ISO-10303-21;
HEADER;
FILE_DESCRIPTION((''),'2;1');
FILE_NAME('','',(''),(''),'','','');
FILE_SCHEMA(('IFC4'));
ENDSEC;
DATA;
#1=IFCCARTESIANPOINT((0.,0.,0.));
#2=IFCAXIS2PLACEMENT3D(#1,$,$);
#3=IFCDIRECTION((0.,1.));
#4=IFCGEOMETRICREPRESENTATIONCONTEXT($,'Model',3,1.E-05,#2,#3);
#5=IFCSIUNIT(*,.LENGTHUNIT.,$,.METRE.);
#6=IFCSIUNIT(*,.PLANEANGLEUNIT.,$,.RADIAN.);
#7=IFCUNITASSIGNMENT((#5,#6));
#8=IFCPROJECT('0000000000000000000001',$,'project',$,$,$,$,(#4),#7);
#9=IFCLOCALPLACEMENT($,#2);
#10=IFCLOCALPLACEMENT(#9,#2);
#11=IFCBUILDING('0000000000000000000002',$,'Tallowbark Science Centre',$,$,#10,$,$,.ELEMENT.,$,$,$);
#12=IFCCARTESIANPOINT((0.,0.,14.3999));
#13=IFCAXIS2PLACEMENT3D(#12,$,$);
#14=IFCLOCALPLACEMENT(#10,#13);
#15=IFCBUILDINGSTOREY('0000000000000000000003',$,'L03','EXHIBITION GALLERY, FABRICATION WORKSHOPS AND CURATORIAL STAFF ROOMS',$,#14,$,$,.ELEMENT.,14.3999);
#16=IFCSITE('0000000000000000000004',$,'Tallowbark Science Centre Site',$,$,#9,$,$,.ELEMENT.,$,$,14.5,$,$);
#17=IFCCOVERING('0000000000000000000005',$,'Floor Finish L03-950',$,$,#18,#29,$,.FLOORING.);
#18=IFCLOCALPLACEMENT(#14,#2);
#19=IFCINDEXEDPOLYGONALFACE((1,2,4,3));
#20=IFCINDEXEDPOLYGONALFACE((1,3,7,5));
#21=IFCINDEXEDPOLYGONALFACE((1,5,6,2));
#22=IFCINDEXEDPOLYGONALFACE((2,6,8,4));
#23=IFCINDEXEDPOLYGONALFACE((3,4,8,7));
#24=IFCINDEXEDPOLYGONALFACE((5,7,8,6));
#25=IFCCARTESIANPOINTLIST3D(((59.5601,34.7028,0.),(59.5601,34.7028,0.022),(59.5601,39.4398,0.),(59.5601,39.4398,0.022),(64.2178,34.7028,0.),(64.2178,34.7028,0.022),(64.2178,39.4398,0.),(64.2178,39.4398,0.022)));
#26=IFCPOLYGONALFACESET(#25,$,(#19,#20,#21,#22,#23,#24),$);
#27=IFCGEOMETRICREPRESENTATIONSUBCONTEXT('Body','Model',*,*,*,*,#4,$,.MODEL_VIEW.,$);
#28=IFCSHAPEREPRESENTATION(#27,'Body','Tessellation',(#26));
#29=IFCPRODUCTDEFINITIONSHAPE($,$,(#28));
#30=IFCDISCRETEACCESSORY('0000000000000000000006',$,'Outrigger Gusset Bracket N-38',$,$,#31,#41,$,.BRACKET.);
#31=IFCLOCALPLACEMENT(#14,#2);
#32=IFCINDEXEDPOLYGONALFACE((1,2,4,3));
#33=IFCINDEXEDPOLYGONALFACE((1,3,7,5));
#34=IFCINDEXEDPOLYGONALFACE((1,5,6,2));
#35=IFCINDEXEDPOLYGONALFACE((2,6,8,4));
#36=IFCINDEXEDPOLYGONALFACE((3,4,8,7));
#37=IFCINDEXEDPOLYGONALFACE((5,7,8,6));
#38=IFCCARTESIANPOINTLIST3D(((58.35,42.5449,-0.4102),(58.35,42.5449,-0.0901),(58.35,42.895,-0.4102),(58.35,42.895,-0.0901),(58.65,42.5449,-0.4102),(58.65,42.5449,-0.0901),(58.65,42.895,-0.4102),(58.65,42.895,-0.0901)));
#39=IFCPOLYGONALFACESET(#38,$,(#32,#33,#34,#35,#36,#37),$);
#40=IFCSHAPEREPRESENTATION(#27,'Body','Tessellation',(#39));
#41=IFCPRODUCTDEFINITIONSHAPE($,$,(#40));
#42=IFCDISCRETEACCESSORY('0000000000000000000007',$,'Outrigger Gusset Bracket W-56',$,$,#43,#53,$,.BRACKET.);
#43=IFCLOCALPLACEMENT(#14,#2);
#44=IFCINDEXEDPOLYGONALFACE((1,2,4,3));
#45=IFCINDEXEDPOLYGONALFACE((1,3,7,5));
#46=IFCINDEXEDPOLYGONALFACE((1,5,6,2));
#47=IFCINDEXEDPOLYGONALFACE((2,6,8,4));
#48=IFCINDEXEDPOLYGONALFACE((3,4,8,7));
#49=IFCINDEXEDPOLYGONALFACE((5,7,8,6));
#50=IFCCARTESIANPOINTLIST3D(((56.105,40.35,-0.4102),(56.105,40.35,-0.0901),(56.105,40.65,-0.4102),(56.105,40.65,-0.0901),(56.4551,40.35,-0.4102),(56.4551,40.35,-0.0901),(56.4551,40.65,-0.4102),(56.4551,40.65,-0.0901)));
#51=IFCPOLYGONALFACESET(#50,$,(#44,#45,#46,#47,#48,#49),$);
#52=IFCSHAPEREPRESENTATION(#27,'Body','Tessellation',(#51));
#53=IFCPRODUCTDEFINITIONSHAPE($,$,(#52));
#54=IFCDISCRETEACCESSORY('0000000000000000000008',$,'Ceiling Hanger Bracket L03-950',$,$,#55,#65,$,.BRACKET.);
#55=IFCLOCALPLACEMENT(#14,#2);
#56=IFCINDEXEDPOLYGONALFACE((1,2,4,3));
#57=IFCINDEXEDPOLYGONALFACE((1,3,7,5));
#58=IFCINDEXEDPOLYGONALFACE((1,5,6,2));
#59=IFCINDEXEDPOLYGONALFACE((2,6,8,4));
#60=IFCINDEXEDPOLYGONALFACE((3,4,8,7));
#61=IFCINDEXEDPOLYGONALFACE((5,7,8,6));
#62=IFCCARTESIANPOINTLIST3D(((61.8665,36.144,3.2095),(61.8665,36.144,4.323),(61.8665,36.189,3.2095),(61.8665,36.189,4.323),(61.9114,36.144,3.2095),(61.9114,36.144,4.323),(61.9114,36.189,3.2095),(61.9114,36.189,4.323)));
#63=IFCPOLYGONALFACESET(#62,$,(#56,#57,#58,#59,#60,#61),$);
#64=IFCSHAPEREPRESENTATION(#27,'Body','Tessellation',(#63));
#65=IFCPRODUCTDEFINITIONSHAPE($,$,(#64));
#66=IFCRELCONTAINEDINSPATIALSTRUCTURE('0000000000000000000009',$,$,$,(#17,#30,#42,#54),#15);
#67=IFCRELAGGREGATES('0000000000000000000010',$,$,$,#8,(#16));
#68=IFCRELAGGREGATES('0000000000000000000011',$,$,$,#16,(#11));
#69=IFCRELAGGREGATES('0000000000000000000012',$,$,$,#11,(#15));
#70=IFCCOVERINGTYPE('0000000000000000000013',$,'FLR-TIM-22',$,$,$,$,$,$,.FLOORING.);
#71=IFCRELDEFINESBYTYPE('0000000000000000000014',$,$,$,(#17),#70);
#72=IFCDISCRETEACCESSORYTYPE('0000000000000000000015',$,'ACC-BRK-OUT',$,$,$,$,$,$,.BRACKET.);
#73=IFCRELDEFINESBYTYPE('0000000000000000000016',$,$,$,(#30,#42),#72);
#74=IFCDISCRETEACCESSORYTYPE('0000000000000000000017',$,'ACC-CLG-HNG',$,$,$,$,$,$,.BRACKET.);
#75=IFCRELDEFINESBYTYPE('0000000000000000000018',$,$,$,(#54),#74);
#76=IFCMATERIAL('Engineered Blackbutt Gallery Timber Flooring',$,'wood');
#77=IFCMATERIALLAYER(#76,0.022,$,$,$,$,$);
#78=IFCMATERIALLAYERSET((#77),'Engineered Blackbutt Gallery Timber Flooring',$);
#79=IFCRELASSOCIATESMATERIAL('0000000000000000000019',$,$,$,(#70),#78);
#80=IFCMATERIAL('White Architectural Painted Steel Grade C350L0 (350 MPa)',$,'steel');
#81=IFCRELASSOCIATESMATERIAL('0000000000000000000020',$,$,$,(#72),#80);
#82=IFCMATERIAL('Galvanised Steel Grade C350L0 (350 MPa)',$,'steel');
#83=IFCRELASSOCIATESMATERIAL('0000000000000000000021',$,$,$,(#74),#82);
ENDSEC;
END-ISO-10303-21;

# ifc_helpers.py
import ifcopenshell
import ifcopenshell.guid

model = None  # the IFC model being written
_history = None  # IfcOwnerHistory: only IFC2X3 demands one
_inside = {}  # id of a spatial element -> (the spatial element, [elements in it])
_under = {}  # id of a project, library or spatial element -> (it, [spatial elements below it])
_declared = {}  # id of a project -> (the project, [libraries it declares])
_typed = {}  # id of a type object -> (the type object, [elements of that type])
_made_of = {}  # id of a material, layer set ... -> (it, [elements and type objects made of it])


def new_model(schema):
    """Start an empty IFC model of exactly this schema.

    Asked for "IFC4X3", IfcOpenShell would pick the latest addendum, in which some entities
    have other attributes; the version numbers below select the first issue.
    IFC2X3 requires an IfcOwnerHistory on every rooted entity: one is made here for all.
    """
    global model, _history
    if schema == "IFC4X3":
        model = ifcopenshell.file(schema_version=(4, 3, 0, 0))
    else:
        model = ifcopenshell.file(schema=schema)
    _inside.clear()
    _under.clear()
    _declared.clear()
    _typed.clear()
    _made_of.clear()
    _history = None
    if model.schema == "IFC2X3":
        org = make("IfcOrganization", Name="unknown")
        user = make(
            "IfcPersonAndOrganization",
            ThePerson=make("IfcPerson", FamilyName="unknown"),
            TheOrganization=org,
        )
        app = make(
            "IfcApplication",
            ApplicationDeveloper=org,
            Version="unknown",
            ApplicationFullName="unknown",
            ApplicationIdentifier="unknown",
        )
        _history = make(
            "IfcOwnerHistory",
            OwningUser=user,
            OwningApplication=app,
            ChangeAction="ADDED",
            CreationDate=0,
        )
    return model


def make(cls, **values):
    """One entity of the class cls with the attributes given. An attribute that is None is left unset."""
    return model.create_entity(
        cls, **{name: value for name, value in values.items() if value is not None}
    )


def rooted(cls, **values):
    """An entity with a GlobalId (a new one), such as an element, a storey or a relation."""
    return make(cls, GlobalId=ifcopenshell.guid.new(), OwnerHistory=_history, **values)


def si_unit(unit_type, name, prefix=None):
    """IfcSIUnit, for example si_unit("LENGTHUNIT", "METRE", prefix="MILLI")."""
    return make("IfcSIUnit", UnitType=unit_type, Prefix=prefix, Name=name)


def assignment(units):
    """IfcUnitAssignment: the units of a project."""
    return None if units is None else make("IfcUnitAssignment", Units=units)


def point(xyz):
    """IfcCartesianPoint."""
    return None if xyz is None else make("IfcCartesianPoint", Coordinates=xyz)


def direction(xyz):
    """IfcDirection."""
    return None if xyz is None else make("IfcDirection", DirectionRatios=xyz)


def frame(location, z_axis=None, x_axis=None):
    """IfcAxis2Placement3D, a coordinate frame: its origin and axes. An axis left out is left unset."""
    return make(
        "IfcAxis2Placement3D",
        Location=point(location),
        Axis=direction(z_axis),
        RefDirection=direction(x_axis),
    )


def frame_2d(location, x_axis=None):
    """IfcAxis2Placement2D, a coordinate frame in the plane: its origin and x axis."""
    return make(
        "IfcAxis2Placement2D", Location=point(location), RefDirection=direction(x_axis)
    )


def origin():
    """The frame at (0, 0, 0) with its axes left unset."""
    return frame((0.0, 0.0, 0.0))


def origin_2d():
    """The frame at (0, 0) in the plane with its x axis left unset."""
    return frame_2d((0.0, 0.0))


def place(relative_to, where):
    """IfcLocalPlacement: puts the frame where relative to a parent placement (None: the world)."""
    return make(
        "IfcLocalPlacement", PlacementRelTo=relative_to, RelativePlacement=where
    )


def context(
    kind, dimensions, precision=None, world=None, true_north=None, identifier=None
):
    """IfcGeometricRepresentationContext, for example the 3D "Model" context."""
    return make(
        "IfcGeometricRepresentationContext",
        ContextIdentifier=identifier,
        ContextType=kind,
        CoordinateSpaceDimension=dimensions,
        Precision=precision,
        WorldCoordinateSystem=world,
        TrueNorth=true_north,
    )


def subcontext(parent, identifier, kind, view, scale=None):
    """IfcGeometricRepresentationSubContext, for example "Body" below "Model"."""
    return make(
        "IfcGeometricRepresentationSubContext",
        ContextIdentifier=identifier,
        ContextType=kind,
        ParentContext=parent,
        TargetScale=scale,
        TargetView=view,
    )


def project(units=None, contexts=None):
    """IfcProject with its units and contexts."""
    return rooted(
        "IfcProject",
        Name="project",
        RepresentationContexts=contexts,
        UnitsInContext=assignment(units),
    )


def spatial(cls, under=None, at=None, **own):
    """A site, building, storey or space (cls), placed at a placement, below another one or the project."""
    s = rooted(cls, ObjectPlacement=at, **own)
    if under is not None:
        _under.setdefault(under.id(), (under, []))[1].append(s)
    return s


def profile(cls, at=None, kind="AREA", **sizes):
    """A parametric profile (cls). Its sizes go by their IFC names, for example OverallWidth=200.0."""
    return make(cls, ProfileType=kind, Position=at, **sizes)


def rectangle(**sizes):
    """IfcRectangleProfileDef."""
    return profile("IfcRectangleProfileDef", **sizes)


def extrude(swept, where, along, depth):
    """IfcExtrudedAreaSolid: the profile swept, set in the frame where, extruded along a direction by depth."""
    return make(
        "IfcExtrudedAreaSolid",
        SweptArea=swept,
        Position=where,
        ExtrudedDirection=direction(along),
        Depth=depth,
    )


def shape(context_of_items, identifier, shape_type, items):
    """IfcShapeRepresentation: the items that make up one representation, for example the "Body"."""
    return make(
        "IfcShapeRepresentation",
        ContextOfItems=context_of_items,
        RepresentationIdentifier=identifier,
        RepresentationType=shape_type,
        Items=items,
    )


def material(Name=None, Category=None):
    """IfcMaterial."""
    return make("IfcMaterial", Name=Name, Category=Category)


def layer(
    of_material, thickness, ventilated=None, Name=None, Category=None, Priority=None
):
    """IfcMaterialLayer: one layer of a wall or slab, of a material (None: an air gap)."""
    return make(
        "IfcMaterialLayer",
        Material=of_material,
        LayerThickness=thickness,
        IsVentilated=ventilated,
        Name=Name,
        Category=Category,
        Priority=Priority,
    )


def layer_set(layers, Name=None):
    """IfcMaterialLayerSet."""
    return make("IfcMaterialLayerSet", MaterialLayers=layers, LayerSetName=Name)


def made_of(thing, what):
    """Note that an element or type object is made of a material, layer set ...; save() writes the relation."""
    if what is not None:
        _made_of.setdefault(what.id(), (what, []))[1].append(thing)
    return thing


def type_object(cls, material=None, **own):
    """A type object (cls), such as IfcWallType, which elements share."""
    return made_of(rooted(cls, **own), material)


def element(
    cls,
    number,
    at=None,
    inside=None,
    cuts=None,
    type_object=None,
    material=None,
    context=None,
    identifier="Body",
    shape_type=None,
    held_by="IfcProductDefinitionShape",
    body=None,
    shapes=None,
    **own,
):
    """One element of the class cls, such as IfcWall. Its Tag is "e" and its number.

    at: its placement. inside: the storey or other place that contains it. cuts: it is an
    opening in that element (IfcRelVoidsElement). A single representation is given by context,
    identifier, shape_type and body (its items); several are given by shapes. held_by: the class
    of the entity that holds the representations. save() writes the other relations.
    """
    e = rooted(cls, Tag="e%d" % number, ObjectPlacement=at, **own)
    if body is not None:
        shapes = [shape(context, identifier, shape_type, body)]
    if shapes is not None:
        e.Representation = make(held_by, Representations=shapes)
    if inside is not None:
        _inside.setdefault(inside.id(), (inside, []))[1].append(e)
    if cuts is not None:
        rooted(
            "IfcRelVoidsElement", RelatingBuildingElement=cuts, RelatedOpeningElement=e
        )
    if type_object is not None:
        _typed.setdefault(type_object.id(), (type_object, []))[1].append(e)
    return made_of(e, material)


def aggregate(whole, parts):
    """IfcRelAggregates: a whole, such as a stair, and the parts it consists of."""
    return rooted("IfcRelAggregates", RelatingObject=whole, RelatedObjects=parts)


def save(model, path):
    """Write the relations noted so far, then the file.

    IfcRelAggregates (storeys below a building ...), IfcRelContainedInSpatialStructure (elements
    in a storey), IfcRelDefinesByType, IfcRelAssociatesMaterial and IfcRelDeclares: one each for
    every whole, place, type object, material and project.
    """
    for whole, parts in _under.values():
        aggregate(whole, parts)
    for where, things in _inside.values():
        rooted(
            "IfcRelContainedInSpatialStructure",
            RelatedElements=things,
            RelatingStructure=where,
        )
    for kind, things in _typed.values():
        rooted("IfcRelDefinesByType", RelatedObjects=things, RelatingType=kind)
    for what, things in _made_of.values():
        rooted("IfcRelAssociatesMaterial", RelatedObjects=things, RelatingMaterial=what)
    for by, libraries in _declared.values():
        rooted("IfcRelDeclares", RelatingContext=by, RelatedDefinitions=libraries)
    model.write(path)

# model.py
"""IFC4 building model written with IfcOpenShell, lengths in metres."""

from ifc_helpers import new_model, si_unit, direction, frame, origin, origin_2d, place, context, subcontext, project, spatial, rectangle, extrude, material, layer, layer_set, type_object, element, save


model = new_model("IFC4")

# Units and contexts
model_context = context("Model", 3, precision=1e-05, world=origin(), true_north=direction((0.0, 1.0)))
body_context = subcontext(model_context, "Body", "Model", "MODEL_VIEW")
ifc_project = project(units=[si_unit("LENGTHUNIT", "METRE"), si_unit("PLANEANGLEUNIT", "RADIAN")], contexts=[model_context])

# Site, building, storey
site_placement = place(None, origin())
site = spatial("IfcSite", under=ifc_project, at=site_placement, Name="Tallowbark Science Centre Site", CompositionType="ELEMENT", RefElevation=14.5)
building_placement = place(site_placement, origin())
building = spatial("IfcBuilding", under=site, at=building_placement, Name="Tallowbark Science Centre", CompositionType="ELEMENT")
storey_placement = place(building_placement, frame((0.0, 0.0, 14.3999)))
storey = spatial("IfcBuildingStorey", under=building, at=storey_placement, Name="L03", Description="EXHIBITION GALLERY, FABRICATION WORKSHOPS AND CURATORIAL STAFF ROOMS", CompositionType="ELEMENT", Elevation=14.3999)

# Shared definitions
ifc_material_1 = material(Name="White Architectural Painted Steel Grade C350L0 (350 MPa)", Category="steel")

# Covering
ifc_material_2 = material(Name="Engineered Blackbutt Gallery Timber Flooring", Category="wood")
ifc_layer_1 = layer(ifc_material_2, 0.022)
ifc_layer_set_1 = layer_set([ifc_layer_1], Name="Engineered Blackbutt Gallery Timber Flooring")
covering_type_1 = type_object("IfcCoveringType", Name="FLR-TIM-22", PredefinedType="FLOORING", material=ifc_layer_set_1)
covering_1_placement = place(storey_placement, frame((61.8889, 37.0713, 0.0), z_axis=(0.0, 0.0, 1.0), x_axis=(1.0, 0.0, 0.0)))
element("IfcCovering", 1, at=covering_1_placement, inside=storey, type_object=covering_type_1, Name="Floor Finish L03-950", PredefinedType="FLOORING", context=body_context, shape_type="SweptSolid", body=[
    extrude(rectangle(XDim=4.6577, YDim=4.7371, at=origin_2d()), origin(), (0.0, 0.0, 1.0), 0.022),
])

# Discrete accessories
discrete_accessory_type_1 = type_object("IfcDiscreteAccessoryType", Name="ACC-BRK-OUT", PredefinedType="BRACKET", material=ifc_material_1)
discrete_accessory_1_placement = place(storey_placement, frame((58.5, 42.72, -0.4102), z_axis=(0.0, 0.0, 1.0), x_axis=(1.0, 0.0, 0.0)))
element("IfcDiscreteAccessory", 2, at=discrete_accessory_1_placement, inside=storey, type_object=discrete_accessory_type_1, Name="Outrigger Gusset Bracket N-38", PredefinedType="BRACKET", context=body_context, shape_type="SweptSolid", body=[
    extrude(rectangle(XDim=0.3, YDim=0.3501, at=origin_2d()), origin(), (0.0, 0.0, 1.0), 0.3201),
])
discrete_accessory_2_placement = place(storey_placement, frame((56.28, 40.5, -0.4102), z_axis=(0.0, 0.0, 1.0), x_axis=(1.0, 0.0, 0.0)))
element("IfcDiscreteAccessory", 3, at=discrete_accessory_2_placement, inside=storey, type_object=discrete_accessory_type_1, Name="Outrigger Gusset Bracket W-56", PredefinedType="BRACKET", context=body_context, shape_type="SweptSolid", body=[
    extrude(rectangle(XDim=0.3501, YDim=0.3, at=origin_2d()), origin(), (0.0, 0.0, 1.0), 0.3201),
])
ifc_material_3 = material(Name="Galvanised Steel Grade C350L0 (350 MPa)", Category="steel")
discrete_accessory_type_2 = type_object("IfcDiscreteAccessoryType", Name="ACC-CLG-HNG", PredefinedType="BRACKET", material=ifc_material_3)
discrete_accessory_3_placement = place(storey_placement, frame((61.8889, 36.1665, 3.2095), z_axis=(0.0, 0.0, 1.0), x_axis=(1.0, 0.0, 0.0)))
element("IfcDiscreteAccessory", 4, at=discrete_accessory_3_placement, inside=storey, type_object=discrete_accessory_type_2, Name="Ceiling Hanger Bracket L03-950", PredefinedType="BRACKET", context=body_context, shape_type="SweptSolid", body=[
    extrude(rectangle(XDim=0.0449, YDim=0.0449, at=origin_2d()), origin(), (0.0, 0.0, 1.0), 1.1135),
])

save(model, "model.ifc")
